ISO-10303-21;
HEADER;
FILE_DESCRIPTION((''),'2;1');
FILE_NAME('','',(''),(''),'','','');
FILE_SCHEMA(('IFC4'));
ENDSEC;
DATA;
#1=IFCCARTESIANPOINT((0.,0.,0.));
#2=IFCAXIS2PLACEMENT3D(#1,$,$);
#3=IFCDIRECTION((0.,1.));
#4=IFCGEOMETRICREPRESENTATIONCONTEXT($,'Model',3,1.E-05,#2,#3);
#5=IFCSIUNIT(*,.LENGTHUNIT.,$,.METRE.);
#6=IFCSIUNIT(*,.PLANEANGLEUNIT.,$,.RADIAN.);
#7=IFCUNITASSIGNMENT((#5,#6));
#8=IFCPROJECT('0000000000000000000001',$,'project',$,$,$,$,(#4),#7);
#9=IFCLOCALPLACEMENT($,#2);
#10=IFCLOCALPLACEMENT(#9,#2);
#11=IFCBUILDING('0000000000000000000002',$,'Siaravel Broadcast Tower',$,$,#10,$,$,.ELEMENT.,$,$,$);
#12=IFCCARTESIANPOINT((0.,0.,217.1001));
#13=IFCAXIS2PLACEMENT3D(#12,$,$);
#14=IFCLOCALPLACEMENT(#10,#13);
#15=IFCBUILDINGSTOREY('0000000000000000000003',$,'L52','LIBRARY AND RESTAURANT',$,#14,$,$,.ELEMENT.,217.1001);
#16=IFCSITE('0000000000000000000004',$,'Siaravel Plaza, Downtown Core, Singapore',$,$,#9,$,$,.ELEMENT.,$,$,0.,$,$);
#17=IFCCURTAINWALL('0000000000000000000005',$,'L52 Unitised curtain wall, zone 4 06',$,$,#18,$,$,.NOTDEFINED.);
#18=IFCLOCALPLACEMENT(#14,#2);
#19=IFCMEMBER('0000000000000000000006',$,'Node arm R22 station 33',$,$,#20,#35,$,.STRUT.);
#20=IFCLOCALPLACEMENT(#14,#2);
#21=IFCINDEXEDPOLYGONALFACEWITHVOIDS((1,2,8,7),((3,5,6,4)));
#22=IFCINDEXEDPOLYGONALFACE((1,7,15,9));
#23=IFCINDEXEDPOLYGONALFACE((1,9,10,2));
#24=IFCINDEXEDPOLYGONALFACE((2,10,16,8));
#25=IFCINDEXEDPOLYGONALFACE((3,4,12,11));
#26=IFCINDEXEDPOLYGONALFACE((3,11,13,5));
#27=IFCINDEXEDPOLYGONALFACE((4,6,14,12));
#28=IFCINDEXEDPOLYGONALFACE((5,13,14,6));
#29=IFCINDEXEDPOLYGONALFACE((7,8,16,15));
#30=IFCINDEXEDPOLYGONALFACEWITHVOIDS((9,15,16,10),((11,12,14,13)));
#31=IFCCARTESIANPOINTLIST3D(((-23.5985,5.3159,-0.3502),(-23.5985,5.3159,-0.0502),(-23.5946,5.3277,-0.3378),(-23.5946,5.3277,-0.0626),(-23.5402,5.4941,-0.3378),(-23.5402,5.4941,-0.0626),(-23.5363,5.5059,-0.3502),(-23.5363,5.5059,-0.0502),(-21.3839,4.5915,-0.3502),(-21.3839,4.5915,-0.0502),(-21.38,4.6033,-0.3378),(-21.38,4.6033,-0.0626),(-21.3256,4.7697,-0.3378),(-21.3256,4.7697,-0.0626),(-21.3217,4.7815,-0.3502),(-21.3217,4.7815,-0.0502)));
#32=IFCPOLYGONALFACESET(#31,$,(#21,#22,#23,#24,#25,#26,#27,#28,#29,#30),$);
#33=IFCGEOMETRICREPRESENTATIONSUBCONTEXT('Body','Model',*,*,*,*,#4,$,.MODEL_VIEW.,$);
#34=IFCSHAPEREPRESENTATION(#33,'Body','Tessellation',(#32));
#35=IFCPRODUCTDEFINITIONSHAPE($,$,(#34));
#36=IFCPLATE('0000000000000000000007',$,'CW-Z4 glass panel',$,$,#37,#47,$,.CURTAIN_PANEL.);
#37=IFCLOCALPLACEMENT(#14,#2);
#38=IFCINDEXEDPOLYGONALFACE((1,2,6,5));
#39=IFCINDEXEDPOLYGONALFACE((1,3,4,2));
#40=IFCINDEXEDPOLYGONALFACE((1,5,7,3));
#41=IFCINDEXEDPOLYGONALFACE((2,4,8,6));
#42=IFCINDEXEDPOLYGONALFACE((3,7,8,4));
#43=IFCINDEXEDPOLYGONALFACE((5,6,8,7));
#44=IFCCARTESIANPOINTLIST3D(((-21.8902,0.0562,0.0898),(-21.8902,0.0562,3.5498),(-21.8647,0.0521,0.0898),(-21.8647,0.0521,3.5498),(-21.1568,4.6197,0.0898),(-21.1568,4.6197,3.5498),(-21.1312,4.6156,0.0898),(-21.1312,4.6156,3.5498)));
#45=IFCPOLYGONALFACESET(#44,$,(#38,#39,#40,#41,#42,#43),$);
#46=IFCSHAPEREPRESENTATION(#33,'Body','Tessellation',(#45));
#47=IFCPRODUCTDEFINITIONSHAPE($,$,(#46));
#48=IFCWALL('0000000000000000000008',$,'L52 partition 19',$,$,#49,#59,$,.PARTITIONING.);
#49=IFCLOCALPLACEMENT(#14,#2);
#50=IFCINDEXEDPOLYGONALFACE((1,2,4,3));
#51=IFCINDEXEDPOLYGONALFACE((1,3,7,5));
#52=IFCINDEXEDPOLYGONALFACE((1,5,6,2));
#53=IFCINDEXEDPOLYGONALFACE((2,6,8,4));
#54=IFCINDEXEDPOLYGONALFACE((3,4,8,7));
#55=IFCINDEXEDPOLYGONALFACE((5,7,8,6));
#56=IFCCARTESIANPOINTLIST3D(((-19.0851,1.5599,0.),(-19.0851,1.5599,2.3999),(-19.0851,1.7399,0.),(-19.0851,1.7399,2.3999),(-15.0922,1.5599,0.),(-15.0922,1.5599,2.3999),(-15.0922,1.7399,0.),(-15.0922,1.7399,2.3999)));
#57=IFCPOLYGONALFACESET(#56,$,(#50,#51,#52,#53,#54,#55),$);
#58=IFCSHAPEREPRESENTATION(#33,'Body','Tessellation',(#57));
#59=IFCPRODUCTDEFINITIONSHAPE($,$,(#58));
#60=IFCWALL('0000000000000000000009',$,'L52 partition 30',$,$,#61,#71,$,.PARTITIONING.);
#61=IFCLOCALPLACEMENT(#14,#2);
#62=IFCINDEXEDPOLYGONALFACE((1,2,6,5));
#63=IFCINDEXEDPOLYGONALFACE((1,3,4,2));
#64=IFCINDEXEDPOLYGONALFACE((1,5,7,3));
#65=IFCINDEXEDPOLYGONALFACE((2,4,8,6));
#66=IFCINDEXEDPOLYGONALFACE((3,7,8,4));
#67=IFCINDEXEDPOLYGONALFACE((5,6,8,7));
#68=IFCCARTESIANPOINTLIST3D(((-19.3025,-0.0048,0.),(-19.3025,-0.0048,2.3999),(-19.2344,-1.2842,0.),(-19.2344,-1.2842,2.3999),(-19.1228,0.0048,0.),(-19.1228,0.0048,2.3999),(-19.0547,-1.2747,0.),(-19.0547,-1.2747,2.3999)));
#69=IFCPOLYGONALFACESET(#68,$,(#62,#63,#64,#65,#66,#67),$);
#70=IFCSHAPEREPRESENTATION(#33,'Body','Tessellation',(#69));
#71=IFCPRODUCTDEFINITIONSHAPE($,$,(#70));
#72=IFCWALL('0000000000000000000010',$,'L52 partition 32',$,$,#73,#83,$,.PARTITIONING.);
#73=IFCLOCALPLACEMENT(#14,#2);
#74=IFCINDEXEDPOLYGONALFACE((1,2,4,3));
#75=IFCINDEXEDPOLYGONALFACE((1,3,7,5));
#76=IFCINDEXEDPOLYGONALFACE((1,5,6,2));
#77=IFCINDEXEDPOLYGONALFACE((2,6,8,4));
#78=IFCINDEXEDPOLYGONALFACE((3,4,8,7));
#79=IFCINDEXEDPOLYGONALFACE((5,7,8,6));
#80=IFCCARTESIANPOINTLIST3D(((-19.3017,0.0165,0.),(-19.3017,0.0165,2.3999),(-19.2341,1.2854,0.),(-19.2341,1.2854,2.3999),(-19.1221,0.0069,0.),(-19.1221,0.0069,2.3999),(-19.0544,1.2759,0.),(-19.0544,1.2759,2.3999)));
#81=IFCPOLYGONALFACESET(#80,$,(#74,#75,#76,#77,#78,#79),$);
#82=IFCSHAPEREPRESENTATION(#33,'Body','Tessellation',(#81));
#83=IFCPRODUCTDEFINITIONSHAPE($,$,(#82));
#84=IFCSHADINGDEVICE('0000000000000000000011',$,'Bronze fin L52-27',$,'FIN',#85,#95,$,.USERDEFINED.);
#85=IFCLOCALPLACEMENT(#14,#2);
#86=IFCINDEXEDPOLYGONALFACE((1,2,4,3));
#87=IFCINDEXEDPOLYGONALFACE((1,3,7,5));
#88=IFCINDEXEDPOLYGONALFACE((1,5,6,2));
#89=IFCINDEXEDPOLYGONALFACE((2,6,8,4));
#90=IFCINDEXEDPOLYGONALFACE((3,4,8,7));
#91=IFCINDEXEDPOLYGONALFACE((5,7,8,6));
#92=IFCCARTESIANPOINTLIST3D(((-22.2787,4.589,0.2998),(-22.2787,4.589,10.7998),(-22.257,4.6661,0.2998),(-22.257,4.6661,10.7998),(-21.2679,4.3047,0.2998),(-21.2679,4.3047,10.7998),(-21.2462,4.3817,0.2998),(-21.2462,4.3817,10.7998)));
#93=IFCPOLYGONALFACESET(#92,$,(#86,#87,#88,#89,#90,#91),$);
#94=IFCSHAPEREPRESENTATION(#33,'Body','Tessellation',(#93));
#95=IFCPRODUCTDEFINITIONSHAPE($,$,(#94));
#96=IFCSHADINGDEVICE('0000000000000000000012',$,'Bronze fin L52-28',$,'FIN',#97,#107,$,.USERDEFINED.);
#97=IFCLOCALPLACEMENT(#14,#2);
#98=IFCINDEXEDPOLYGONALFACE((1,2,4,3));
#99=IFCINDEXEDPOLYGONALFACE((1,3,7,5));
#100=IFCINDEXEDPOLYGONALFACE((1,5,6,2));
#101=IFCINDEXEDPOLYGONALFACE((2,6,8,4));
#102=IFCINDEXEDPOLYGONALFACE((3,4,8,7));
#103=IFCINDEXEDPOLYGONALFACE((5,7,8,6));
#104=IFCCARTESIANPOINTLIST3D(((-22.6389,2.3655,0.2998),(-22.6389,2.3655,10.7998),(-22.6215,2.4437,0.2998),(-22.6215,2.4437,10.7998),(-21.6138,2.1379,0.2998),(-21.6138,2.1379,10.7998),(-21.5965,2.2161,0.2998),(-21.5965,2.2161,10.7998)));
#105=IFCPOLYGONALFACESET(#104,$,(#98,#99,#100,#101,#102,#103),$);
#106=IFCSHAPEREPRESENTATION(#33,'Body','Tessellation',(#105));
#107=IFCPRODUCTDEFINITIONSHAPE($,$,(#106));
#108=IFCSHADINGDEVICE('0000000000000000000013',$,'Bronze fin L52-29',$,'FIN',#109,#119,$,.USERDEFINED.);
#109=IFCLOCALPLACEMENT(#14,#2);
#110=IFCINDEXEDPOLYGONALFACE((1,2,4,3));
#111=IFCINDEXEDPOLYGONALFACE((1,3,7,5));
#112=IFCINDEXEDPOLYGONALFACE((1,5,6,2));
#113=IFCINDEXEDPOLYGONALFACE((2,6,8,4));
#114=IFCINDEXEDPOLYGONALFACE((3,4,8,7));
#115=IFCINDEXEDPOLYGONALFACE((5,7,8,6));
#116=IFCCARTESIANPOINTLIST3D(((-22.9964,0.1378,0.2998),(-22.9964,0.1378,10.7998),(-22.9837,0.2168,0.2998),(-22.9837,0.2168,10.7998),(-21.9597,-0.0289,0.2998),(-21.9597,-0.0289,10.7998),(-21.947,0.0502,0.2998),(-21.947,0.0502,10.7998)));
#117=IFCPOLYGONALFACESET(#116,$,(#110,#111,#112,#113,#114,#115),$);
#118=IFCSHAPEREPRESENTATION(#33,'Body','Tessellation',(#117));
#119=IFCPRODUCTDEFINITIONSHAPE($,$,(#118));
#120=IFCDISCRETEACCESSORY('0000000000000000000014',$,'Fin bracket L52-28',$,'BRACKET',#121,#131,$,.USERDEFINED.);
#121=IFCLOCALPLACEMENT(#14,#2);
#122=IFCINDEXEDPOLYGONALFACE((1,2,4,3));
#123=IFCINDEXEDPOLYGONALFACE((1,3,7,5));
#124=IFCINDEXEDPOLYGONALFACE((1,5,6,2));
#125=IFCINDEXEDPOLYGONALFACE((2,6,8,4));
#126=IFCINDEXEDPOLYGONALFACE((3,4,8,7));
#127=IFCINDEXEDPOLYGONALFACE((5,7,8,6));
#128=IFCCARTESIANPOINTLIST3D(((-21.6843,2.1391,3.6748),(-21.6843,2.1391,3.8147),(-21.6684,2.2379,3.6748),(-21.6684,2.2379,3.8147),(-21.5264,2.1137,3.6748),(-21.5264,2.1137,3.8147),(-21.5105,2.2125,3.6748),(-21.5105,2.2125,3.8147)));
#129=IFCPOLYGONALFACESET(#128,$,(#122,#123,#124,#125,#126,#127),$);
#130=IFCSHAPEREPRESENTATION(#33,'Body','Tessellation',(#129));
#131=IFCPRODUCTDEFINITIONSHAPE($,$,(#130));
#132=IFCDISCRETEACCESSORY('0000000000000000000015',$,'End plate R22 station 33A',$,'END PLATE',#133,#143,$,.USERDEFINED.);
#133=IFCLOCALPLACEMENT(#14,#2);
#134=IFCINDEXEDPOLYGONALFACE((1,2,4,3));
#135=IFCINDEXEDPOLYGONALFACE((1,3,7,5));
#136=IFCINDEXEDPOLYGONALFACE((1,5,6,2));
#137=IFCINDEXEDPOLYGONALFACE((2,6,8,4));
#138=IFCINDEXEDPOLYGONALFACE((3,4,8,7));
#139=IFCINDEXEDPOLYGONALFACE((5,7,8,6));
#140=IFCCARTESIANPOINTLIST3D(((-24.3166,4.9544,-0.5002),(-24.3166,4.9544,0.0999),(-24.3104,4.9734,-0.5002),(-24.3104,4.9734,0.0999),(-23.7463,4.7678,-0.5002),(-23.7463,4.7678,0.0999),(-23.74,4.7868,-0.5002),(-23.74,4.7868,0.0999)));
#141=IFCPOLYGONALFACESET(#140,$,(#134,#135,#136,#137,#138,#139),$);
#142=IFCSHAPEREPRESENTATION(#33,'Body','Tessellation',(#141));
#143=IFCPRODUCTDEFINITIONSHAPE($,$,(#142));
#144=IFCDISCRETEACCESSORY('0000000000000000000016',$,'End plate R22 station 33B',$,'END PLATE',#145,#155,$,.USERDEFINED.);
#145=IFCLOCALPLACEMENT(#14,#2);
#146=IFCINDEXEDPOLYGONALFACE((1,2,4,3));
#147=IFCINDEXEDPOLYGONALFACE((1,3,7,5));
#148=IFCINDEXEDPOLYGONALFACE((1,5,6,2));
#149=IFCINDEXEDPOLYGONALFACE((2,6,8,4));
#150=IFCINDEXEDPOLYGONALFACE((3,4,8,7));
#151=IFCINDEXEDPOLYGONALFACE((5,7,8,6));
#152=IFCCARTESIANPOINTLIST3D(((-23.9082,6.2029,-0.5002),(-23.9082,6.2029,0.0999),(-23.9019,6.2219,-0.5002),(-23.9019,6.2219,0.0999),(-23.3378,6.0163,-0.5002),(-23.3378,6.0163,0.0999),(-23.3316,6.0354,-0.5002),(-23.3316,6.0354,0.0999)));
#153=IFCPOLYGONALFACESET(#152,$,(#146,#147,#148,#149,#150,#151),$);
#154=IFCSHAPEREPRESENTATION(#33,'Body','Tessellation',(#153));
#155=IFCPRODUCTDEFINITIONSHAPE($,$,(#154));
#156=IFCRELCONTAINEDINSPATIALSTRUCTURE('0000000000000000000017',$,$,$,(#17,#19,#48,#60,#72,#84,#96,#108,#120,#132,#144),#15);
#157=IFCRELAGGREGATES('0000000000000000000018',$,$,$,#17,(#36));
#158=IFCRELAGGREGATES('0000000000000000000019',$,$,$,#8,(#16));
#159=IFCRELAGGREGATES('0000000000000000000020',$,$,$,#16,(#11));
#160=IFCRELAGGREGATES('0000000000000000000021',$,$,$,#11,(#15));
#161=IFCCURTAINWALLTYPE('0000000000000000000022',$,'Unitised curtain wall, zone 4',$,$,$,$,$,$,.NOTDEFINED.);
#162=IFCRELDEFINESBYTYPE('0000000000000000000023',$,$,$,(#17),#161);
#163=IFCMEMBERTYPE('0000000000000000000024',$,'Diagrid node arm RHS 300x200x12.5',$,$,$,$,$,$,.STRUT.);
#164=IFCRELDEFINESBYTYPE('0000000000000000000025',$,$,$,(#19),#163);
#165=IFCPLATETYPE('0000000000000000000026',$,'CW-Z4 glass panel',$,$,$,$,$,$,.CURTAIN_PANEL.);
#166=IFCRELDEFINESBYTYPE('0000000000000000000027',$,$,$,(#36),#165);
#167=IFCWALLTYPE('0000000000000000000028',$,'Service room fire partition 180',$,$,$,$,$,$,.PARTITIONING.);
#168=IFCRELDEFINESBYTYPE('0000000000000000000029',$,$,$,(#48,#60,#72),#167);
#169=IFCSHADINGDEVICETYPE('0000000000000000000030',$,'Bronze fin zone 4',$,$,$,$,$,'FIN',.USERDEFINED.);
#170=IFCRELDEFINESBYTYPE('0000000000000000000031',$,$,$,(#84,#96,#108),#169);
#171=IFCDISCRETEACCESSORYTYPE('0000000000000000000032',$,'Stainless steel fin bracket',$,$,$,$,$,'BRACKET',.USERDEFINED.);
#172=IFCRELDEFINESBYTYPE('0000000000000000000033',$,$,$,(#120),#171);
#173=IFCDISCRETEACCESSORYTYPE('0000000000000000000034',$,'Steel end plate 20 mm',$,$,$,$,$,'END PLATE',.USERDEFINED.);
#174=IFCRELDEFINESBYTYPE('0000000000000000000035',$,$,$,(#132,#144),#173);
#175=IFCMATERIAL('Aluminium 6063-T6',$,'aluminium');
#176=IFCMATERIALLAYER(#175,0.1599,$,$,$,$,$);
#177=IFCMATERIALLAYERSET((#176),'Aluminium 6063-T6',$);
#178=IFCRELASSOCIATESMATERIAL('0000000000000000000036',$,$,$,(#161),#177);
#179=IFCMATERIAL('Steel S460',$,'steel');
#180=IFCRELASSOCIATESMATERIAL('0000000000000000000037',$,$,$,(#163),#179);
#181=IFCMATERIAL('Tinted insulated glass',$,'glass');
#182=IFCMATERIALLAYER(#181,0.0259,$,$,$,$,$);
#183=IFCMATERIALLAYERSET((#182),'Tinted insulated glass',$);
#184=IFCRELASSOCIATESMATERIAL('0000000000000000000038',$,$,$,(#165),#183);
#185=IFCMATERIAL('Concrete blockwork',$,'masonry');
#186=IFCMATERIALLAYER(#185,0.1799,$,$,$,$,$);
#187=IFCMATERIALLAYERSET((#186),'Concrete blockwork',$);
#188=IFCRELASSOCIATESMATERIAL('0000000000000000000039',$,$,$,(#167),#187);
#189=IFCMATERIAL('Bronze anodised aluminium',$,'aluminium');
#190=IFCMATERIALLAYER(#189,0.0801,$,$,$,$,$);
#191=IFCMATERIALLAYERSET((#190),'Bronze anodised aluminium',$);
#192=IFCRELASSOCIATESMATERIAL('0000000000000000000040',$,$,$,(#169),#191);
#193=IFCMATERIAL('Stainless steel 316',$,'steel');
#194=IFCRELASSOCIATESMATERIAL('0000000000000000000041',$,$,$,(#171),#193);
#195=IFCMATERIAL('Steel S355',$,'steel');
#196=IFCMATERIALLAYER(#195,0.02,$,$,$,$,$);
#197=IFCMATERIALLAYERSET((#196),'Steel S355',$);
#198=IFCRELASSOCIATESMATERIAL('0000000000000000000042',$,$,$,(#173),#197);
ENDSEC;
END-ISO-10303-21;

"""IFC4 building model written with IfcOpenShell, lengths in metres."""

from ifc_helpers import new_model, si_unit, direction, frame, frame_2d, origin, origin_2d, place, context, subcontext, project, spatial, rectangle, hollow_rectangle, extrude, material, layer, layer_set, material_profile, profile_set, type_object, element, aggregate, save


model = new_model("IFC4")

# Units and contexts
model_context = context("Model", 3, precision=1e-05, world=origin(), true_north=direction((0.0, 1.0)))
body_context = subcontext(model_context, "Body", "Model", "MODEL_VIEW")
ifc_project = project(units=[si_unit("LENGTHUNIT", "METRE"), si_unit("PLANEANGLEUNIT", "RADIAN")], contexts=[model_context])

# Site, building, storey
site_placement = place(None, origin())
site = spatial("IfcSite", under=ifc_project, at=site_placement, Name="Siaravel Plaza, Downtown Core, Singapore", CompositionType="ELEMENT", RefElevation=0.0)
building_placement = place(site_placement, origin())
building = spatial("IfcBuilding", under=site, at=building_placement, Name="Siaravel Broadcast Tower", CompositionType="ELEMENT")
storey_placement = place(building_placement, frame((0.0, 0.0, 217.1001)))
storey = spatial("IfcBuildingStorey", under=building, at=storey_placement, Name="L52", Description="LIBRARY AND RESTAURANT", CompositionType="ELEMENT", Elevation=217.1001)

# Shared definitions
ifc_material_1 = material(Name="Steel S355", Category="steel")

# Curtain wall
ifc_material_2 = material(Name="Aluminium 6063-T6", Category="aluminium")
ifc_layer_1 = layer(ifc_material_2, 0.1599)
ifc_layer_set_1 = layer_set([ifc_layer_1], Name="Aluminium 6063-T6")
curtain_wall_type = type_object("IfcCurtainWallType", Name="Unitised curtain wall, zone 4", PredefinedType="NOTDEFINED", material=ifc_layer_set_1)
curtain_wall_1_placement = place(storey_placement, origin())
curtain_wall_1 = element("IfcCurtainWall", 1, at=curtain_wall_1_placement, inside=storey, type_object=curtain_wall_type, Name="L52 Unitised curtain wall, zone 4 06", PredefinedType="NOTDEFINED")

# Member
ifc_material_3 = material(Name="Steel S460", Category="steel")
ifc_material_profile_1 = material_profile(ifc_material_3, hollow_rectangle(XDim=0.2, YDim=0.3, WallThickness=0.0125, at=origin_2d()))
ifc_profile_set_1 = profile_set([ifc_material_profile_1], Name="Steel S460")
member_type_1 = type_object("IfcMemberType", Name="Diagrid node arm RHS 300x200x12.5", PredefinedType="STRUT", material=ifc_profile_set_1)
member_1_placement = place(storey_placement, frame((-21.3528, 4.6865, -0.2002), z_axis=(-0.950449, 0.310879, 0.0), x_axis=(-0.310879, -0.950449, 0.0)))
element("IfcMember", 2, at=member_1_placement, inside=storey, type_object=member_type_1, Name="Node arm R22 station 33", PredefinedType="STRUT", context=body_context, shape_type="SweptSolid", body=[
    extrude(hollow_rectangle(XDim=0.2, YDim=0.3, WallThickness=0.0125, at=origin_2d()), origin(), (0.0, 0.0, 1.0), 2.3301),
])

# Plate
ifc_material_4 = material(Name="Tinted insulated glass", Category="glass")
ifc_layer_2 = layer(ifc_material_4, 0.0259)
ifc_layer_set_2 = layer_set([ifc_layer_2], Name="Tinted insulated glass")
plate_type = type_object("IfcPlateType", Name="CW-Z4 glass panel", PredefinedType="CURTAIN_PANEL", material=ifc_layer_set_2)
plate_placement = place(storey_placement, frame((-21.5107, 2.3359, 0.0898), z_axis=(0.0, 0.0, 1.0), x_axis=(-0.158685, -0.987329, 0.0)))
plate = element("IfcPlate", 3, at=plate_placement, type_object=plate_type, Name="CW-Z4 glass panel", PredefinedType="CURTAIN_PANEL", context=body_context, shape_type="SweptSolid", body=[
    extrude(rectangle(XDim=4.6221, YDim=0.0259, at=origin_2d()), origin(), (0.0, 0.0, 1.0), 3.46),
])
aggregate(curtain_wall_1, [plate])

# Walls
ifc_material_5 = material(Name="Concrete blockwork", Category="masonry")
ifc_layer_3 = layer(ifc_material_5, 0.1799)
ifc_layer_set_3 = layer_set([ifc_layer_3], Name="Concrete blockwork")
wall_type = type_object("IfcWallType", Name="Service room fire partition 180", PredefinedType="PARTITIONING", material=ifc_layer_set_3)
wall_1_placement = place(storey_placement, frame((-15.092, 1.6499, 0.0), z_axis=(0.0, 0.0, 1.0), x_axis=(-1.0, 0.0, 0.0)))
element("IfcWall", 4, at=wall_1_placement, inside=storey, type_object=wall_type, Name="L52 partition 19", PredefinedType="PARTITIONING", context=body_context, shape_type="SweptSolid", body=[
    extrude(rectangle(XDim=3.9929, YDim=0.1799, at=frame_2d((1.9966, 0.0))), origin(), (0.0, 0.0, 1.0), 2.3999),
])
wall_2_placement = place(storey_placement, frame((-19.2126, 0.0, 0.0), z_axis=(0.0, 0.0, 1.0), x_axis=(0.053159, -0.998586, 0.0)))
element("IfcWall", 5, at=wall_2_placement, inside=storey, type_object=wall_type, Name="L52 partition 30", PredefinedType="PARTITIONING", context=body_context, shape_type="SweptSolid", body=[
    extrude(rectangle(XDim=1.2812, YDim=0.1799, at=frame_2d((0.6406, 0.0))), origin(), (0.0, 0.0, 1.0), 2.3999),
])
wall_3_placement = place(storey_placement, frame((-19.1443, 1.2805, 0.0), z_axis=(0.0, 0.0, 1.0), x_axis=(-0.053214, -0.998583, 0.0)))
element("IfcWall", 6, at=wall_3_placement, inside=storey, type_object=wall_type, Name="L52 partition 32", PredefinedType="PARTITIONING", context=body_context, shape_type="SweptSolid", body=[
    extrude(rectangle(XDim=1.2708, YDim=0.1799, at=frame_2d((0.6353, 0.0))), origin(), (0.0, 0.0, 1.0), 2.3999),
])

# Shading devices
ifc_material_6 = material(Name="Bronze anodised aluminium", Category="aluminium")
ifc_layer_4 = layer(ifc_material_6, 0.0801)
ifc_layer_set_4 = layer_set([ifc_layer_4], Name="Bronze anodised aluminium")
shading_device_type = type_object("IfcShadingDeviceType", Name="Bronze fin zone 4", ElementType="FIN", PredefinedType="USERDEFINED", material=ifc_layer_set_4)
for number, where, z_axis, x_axis, name in (
    (7, (-21.7625, 4.4854, 0.2998), (0.0, 0.0, 1.0), (-0.962646, 0.270762, 0.0), "Bronze fin L52-27"),
    (8, (-22.1177, 2.2908, 0.2998), (0.0, 0.0, 1.0), (-0.97623, 0.216738, 0.0), "Bronze fin L52-28"),
    (9, (-22.4717, 0.094, 0.2998), (0.0, 0.0, 1.0), (-0.987329, 0.158685, 0.0), "Bronze fin L52-29"),
):
    element("IfcShadingDevice", number, at=place(storey_placement, frame(where, z_axis=z_axis, x_axis=x_axis)), inside=storey, type_object=shading_device_type, Name=name, ObjectType="FIN", PredefinedType="USERDEFINED", context=body_context, shape_type="SweptSolid", body=[
        extrude(rectangle(XDim=1.05, YDim=0.0801, at=origin_2d()), origin(), (0.0, 0.0, 1.0), 10.5),
    ])

# Discrete accessories
ifc_material_7 = material(Name="Stainless steel 316", Category="steel")
discrete_accessory_type_1 = type_object("IfcDiscreteAccessoryType", Name="Stainless steel fin bracket", ElementType="BRACKET", PredefinedType="USERDEFINED", material=ifc_material_7)
discrete_accessory_placement = place(storey_placement, frame((-21.5974, 2.1758, 3.6748), z_axis=(0.0, 0.0, 1.0), x_axis=(-0.987329, 0.158685, 0.0)))
element("IfcDiscreteAccessory", 10, at=discrete_accessory_placement, inside=storey, type_object=discrete_accessory_type_1, Name="Fin bracket L52-28", ObjectType="BRACKET", PredefinedType="USERDEFINED", context=body_context, shape_type="SweptSolid", body=[
    extrude(rectangle(XDim=0.1599, YDim=0.1001, at=origin_2d()), origin(), (0.0, 0.0, 1.0), 0.1399),
])
ifc_layer_5 = layer(ifc_material_1, 0.02)
ifc_layer_set_5 = layer_set([ifc_layer_5], Name="Steel S355")
discrete_accessory_type_2 = type_object("IfcDiscreteAccessoryType", Name="Steel end plate 20 mm", ElementType="END PLATE", PredefinedType="USERDEFINED", material=ifc_layer_set_5)
for number, where, z_axis, x_axis, name in (
    (11, (-24.0283, 4.8706, -0.5002), (0.0, 0.0, 1.0), (-0.31091, -0.950439, 0.0), "End plate R22 station 33A"),
    (12, (-23.6199, 6.1191, -0.5002), (0.0, 0.0, 1.0), (-0.31091, -0.950439, 0.0), "End plate R22 station 33B"),
):
    element("IfcDiscreteAccessory", number, at=place(storey_placement, frame(where, z_axis=z_axis, x_axis=x_axis)), inside=storey, type_object=discrete_accessory_type_2, Name=name, ObjectType="END PLATE", PredefinedType="USERDEFINED", context=body_context, shape_type="SweptSolid", body=[
        extrude(rectangle(XDim=0.02, YDim=0.6001, at=origin_2d()), origin(), (0.0, 0.0, 1.0), 0.6001),
    ])

save(model, "model.ifc")
